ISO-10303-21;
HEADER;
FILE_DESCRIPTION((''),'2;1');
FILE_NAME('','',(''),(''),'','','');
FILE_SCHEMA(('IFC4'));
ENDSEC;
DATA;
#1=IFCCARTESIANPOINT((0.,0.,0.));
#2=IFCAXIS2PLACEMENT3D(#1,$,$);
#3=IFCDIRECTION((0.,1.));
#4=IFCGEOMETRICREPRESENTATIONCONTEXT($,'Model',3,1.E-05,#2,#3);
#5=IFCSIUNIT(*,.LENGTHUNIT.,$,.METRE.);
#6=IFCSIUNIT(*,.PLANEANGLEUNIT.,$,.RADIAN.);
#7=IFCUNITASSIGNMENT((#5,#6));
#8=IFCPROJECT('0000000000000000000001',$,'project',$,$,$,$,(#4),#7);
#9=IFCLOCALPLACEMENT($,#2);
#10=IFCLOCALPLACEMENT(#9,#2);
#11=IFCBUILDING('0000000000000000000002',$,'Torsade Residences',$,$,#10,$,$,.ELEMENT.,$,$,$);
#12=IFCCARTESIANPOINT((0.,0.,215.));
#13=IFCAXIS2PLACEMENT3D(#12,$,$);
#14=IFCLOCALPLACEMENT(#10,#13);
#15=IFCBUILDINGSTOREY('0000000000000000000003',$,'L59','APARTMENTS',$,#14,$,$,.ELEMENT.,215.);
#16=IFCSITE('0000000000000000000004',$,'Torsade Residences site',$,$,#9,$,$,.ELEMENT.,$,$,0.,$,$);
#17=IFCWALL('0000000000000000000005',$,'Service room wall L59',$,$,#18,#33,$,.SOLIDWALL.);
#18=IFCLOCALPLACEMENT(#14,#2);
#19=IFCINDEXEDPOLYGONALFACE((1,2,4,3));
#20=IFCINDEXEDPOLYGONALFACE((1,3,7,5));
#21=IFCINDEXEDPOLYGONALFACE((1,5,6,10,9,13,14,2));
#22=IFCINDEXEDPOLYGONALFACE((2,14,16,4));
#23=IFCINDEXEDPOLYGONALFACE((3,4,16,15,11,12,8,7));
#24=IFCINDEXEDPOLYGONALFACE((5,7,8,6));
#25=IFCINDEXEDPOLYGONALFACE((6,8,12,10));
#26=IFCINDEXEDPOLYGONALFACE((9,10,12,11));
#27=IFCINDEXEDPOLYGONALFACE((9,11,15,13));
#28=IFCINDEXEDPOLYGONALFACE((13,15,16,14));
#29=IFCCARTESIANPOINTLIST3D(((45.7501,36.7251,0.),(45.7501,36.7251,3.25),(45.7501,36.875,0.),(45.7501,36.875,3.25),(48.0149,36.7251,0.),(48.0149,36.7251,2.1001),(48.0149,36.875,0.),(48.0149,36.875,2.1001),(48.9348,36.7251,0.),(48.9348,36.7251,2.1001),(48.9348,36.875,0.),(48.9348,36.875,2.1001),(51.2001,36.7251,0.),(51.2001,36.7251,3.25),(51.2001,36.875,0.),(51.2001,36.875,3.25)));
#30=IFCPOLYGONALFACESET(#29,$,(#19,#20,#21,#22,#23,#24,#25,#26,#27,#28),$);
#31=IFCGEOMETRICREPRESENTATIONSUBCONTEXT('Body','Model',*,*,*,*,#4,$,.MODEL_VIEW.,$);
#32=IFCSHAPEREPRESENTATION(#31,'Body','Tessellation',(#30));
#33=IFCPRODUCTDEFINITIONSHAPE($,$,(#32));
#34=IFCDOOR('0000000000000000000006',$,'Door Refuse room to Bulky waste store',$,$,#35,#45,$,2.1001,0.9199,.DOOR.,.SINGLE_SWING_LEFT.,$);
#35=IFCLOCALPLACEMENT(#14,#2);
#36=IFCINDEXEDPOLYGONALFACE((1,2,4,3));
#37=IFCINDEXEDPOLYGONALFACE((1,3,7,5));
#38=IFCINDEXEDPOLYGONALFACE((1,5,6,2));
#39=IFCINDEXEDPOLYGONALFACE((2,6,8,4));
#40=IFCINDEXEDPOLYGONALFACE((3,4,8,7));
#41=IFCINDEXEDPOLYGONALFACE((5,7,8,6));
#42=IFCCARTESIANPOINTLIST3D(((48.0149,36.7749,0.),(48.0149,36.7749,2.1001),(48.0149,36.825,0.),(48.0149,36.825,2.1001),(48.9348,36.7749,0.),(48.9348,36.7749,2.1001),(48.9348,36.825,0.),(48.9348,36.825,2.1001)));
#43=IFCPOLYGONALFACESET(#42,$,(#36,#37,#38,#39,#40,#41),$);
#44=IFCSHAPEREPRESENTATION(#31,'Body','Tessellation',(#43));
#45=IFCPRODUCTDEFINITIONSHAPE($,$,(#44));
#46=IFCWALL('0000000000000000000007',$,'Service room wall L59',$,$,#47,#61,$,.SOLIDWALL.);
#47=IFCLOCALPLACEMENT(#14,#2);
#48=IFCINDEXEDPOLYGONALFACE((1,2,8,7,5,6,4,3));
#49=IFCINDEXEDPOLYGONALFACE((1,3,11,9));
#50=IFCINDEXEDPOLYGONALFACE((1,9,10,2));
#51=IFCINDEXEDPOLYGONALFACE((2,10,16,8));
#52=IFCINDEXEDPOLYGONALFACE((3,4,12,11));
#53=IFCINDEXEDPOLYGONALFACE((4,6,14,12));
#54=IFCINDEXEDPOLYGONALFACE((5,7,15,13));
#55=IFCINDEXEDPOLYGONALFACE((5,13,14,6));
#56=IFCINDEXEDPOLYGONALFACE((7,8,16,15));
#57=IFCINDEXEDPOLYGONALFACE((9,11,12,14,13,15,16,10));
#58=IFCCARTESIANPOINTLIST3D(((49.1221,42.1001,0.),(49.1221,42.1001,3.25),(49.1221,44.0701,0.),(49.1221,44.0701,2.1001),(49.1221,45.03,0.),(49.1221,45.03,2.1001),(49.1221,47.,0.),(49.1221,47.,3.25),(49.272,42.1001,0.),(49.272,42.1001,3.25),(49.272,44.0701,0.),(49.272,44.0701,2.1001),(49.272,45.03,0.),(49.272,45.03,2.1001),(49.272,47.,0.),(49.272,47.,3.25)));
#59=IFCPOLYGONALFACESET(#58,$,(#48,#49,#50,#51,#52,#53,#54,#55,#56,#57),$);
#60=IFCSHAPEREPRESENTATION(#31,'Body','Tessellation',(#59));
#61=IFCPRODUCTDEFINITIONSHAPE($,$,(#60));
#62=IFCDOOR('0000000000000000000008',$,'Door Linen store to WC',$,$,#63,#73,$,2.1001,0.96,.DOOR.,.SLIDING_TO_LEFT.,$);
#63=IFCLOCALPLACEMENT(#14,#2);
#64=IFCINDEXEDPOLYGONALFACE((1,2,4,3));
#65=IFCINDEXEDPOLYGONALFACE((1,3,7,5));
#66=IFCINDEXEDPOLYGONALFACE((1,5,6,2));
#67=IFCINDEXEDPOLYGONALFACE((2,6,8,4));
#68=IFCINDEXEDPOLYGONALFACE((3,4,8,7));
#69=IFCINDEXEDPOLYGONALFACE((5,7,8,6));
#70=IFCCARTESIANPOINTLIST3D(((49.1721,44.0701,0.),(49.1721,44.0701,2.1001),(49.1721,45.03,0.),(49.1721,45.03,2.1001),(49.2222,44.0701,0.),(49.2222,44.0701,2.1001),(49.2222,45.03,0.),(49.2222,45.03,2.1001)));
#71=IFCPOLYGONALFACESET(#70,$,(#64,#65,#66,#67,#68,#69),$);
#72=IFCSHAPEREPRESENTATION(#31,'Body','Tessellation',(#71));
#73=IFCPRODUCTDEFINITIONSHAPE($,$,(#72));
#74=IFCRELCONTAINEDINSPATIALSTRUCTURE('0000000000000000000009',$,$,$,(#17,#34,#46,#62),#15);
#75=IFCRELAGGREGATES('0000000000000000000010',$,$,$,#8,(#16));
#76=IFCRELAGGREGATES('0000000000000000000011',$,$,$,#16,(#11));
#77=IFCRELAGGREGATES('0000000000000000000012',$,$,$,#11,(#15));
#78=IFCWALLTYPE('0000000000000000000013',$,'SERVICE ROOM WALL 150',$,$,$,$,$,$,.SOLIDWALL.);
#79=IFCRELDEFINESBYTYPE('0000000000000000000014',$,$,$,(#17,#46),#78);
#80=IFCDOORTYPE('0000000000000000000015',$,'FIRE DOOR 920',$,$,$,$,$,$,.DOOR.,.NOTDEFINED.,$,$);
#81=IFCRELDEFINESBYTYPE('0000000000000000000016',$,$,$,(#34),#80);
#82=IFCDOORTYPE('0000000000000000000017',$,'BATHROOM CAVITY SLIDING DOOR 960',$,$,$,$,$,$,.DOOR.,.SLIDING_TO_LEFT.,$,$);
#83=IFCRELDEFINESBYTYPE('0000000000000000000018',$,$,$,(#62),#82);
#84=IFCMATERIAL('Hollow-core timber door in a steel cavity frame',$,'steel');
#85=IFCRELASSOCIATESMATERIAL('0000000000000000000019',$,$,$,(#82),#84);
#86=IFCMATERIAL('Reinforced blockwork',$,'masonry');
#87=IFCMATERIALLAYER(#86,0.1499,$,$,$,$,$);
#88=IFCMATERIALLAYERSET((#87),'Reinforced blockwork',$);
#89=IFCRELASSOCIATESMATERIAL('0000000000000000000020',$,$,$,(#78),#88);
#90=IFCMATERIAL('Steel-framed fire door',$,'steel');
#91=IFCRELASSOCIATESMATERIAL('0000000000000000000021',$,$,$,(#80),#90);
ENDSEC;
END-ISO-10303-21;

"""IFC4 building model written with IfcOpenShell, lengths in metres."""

from ifc_helpers import new_model, si_unit, direction, frame, frame_2d, origin, place, context, subcontext, project, spatial, rectangle, extrude, material, layer, layer_set, type_object, element, fill, save


model = new_model("IFC4")

# Units and contexts
model_context = context("Model", 3, precision=1e-05, world=origin(), true_north=direction((0.0, 1.0)))
body_context = subcontext(model_context, "Body", "Model", "MODEL_VIEW")
ifc_project = project(units=[si_unit("LENGTHUNIT", "METRE"), si_unit("PLANEANGLEUNIT", "RADIAN")], contexts=[model_context])

# Site, building, storey
site_placement = place(None, origin())
site = spatial("IfcSite", under=ifc_project, at=site_placement, Name="Torsade Residences site", CompositionType="ELEMENT", RefElevation=0.0)
building_placement = place(site_placement, origin())
building = spatial("IfcBuilding", under=site, at=building_placement, Name="Torsade Residences", CompositionType="ELEMENT")
storey_placement = place(building_placement, frame((0.0, 0.0, 215.0)))
storey = spatial("IfcBuildingStorey", under=building, at=storey_placement, Name="L59", Description="APARTMENTS", CompositionType="ELEMENT", Elevation=215.0)

# Shared definitions
ifc_material_1 = material(Name="Hollow-core timber door in a steel cavity frame", Category="steel")
door_type_1 = type_object("IfcDoorType", Name="BATHROOM CAVITY SLIDING DOOR 960", OperationType="SLIDING_TO_LEFT", PredefinedType="DOOR", material=ifc_material_1)

# Shared definitions
ifc_material_2 = material(Name="Reinforced blockwork", Category="masonry")
ifc_layer_1 = layer(ifc_material_2, 0.1499)
ifc_layer_set_1 = layer_set([ifc_layer_1], Name="Reinforced blockwork")
wall_type_1 = type_object("IfcWallType", Name="SERVICE ROOM WALL 150", PredefinedType="SOLIDWALL", material=ifc_layer_set_1)

# Walls, openings, doors
wall_1_placement = place(storey_placement, frame((45.75, 36.8, 0.0), z_axis=(0.0, 0.0, 1.0), x_axis=(1.0, 0.0, 0.0)))
wall_1 = element("IfcWall", 1, at=wall_1_placement, inside=storey, type_object=wall_type_1, Name="Service room wall L59", PredefinedType="SOLIDWALL", context=body_context, shape_type="SweptSolid", body=[
    extrude(rectangle(XDim=5.45, YDim=0.1499, at=frame_2d((2.7251, 0.0))), origin(), (0.0, 0.0, 1.0), 3.25),
])
opening_1_placement = place(wall_1_placement, frame((2.2649, 0.0, 0.0)))
opening_1 = element("IfcOpeningElement", 2, at=opening_1_placement, cuts=wall_1, PredefinedType="OPENING", context=body_context, shape_type="SweptSolid", body=[
    extrude(rectangle(XDim=0.9199, YDim=2.1001, at=frame_2d((0.46, 1.05))), frame((0.0, 0.085, 0.0), z_axis=(0.0, -1.0, 0.0), x_axis=(1.0, 0.0, 0.0)), (0.0, 0.0, 1.0), 0.1699),
])
ifc_material_3 = material(Name="Steel-framed fire door", Category="steel")
door_type_2 = type_object("IfcDoorType", Name="FIRE DOOR 920", OperationType="NOTDEFINED", PredefinedType="DOOR", material=ifc_material_3)
door_1_placement = place(opening_1_placement, origin())
door_1 = element("IfcDoor", 3, at=door_1_placement, inside=storey, type_object=door_type_2, Name="Door Refuse room to Bulky waste store", OperationType="SINGLE_SWING_LEFT", OverallHeight=2.1001, OverallWidth=0.9199, PredefinedType="DOOR", context=body_context, shape_type="SweptSolid", body=[
    extrude(rectangle(XDim=0.9199, YDim=2.1001, at=frame_2d((0.46, 1.05))), frame((0.0, 0.0249, 0.0), z_axis=(0.0, -1.0, 0.0), x_axis=(1.0, 0.0, 0.0)), (0.0, 0.0, 1.0), 0.05),
])
fill(opening_1, door_1)
wall_2_placement = place(storey_placement, frame((49.197, 42.1001, 0.0), z_axis=(0.0, 0.0, 1.0), x_axis=(0.0, 1.0, 0.0)))
wall_2 = element("IfcWall", 4, at=wall_2_placement, inside=storey, type_object=wall_type_1, Name="Service room wall L59", PredefinedType="SOLIDWALL", context=body_context, shape_type="SweptSolid", body=[
    extrude(rectangle(XDim=4.8999, YDim=0.1499, at=frame_2d((2.45, 0.0))), origin(), (0.0, 0.0, 1.0), 3.25),
])
opening_2_placement = place(wall_2_placement, frame((1.97, 0.0, 0.0)))
opening_2 = element("IfcOpeningElement", 5, at=opening_2_placement, cuts=wall_2, PredefinedType="OPENING", context=body_context, shape_type="SweptSolid", body=[
    extrude(rectangle(XDim=0.96, YDim=2.1001, at=frame_2d((0.48, 1.05))), frame((0.0, 0.085, 0.0), z_axis=(0.0, -1.0, 0.0), x_axis=(1.0, 0.0, 0.0)), (0.0, 0.0, 1.0), 0.1699),
])
door_2_placement = place(opening_2_placement, origin())
door_2 = element("IfcDoor", 6, at=door_2_placement, inside=storey, type_object=door_type_1, Name="Door Linen store to WC", OperationType="SLIDING_TO_LEFT", OverallHeight=2.1001, OverallWidth=0.96, PredefinedType="DOOR", context=body_context, shape_type="SweptSolid", body=[
    extrude(rectangle(XDim=0.96, YDim=2.1001, at=frame_2d((0.48, 1.05))), frame((0.0, 0.0249, 0.0), z_axis=(0.0, -1.0, 0.0), x_axis=(1.0, 0.0, 0.0)), (0.0, 0.0, 1.0), 0.05),
])
fill(opening_2, door_2)

save(model, "model.ifc")
